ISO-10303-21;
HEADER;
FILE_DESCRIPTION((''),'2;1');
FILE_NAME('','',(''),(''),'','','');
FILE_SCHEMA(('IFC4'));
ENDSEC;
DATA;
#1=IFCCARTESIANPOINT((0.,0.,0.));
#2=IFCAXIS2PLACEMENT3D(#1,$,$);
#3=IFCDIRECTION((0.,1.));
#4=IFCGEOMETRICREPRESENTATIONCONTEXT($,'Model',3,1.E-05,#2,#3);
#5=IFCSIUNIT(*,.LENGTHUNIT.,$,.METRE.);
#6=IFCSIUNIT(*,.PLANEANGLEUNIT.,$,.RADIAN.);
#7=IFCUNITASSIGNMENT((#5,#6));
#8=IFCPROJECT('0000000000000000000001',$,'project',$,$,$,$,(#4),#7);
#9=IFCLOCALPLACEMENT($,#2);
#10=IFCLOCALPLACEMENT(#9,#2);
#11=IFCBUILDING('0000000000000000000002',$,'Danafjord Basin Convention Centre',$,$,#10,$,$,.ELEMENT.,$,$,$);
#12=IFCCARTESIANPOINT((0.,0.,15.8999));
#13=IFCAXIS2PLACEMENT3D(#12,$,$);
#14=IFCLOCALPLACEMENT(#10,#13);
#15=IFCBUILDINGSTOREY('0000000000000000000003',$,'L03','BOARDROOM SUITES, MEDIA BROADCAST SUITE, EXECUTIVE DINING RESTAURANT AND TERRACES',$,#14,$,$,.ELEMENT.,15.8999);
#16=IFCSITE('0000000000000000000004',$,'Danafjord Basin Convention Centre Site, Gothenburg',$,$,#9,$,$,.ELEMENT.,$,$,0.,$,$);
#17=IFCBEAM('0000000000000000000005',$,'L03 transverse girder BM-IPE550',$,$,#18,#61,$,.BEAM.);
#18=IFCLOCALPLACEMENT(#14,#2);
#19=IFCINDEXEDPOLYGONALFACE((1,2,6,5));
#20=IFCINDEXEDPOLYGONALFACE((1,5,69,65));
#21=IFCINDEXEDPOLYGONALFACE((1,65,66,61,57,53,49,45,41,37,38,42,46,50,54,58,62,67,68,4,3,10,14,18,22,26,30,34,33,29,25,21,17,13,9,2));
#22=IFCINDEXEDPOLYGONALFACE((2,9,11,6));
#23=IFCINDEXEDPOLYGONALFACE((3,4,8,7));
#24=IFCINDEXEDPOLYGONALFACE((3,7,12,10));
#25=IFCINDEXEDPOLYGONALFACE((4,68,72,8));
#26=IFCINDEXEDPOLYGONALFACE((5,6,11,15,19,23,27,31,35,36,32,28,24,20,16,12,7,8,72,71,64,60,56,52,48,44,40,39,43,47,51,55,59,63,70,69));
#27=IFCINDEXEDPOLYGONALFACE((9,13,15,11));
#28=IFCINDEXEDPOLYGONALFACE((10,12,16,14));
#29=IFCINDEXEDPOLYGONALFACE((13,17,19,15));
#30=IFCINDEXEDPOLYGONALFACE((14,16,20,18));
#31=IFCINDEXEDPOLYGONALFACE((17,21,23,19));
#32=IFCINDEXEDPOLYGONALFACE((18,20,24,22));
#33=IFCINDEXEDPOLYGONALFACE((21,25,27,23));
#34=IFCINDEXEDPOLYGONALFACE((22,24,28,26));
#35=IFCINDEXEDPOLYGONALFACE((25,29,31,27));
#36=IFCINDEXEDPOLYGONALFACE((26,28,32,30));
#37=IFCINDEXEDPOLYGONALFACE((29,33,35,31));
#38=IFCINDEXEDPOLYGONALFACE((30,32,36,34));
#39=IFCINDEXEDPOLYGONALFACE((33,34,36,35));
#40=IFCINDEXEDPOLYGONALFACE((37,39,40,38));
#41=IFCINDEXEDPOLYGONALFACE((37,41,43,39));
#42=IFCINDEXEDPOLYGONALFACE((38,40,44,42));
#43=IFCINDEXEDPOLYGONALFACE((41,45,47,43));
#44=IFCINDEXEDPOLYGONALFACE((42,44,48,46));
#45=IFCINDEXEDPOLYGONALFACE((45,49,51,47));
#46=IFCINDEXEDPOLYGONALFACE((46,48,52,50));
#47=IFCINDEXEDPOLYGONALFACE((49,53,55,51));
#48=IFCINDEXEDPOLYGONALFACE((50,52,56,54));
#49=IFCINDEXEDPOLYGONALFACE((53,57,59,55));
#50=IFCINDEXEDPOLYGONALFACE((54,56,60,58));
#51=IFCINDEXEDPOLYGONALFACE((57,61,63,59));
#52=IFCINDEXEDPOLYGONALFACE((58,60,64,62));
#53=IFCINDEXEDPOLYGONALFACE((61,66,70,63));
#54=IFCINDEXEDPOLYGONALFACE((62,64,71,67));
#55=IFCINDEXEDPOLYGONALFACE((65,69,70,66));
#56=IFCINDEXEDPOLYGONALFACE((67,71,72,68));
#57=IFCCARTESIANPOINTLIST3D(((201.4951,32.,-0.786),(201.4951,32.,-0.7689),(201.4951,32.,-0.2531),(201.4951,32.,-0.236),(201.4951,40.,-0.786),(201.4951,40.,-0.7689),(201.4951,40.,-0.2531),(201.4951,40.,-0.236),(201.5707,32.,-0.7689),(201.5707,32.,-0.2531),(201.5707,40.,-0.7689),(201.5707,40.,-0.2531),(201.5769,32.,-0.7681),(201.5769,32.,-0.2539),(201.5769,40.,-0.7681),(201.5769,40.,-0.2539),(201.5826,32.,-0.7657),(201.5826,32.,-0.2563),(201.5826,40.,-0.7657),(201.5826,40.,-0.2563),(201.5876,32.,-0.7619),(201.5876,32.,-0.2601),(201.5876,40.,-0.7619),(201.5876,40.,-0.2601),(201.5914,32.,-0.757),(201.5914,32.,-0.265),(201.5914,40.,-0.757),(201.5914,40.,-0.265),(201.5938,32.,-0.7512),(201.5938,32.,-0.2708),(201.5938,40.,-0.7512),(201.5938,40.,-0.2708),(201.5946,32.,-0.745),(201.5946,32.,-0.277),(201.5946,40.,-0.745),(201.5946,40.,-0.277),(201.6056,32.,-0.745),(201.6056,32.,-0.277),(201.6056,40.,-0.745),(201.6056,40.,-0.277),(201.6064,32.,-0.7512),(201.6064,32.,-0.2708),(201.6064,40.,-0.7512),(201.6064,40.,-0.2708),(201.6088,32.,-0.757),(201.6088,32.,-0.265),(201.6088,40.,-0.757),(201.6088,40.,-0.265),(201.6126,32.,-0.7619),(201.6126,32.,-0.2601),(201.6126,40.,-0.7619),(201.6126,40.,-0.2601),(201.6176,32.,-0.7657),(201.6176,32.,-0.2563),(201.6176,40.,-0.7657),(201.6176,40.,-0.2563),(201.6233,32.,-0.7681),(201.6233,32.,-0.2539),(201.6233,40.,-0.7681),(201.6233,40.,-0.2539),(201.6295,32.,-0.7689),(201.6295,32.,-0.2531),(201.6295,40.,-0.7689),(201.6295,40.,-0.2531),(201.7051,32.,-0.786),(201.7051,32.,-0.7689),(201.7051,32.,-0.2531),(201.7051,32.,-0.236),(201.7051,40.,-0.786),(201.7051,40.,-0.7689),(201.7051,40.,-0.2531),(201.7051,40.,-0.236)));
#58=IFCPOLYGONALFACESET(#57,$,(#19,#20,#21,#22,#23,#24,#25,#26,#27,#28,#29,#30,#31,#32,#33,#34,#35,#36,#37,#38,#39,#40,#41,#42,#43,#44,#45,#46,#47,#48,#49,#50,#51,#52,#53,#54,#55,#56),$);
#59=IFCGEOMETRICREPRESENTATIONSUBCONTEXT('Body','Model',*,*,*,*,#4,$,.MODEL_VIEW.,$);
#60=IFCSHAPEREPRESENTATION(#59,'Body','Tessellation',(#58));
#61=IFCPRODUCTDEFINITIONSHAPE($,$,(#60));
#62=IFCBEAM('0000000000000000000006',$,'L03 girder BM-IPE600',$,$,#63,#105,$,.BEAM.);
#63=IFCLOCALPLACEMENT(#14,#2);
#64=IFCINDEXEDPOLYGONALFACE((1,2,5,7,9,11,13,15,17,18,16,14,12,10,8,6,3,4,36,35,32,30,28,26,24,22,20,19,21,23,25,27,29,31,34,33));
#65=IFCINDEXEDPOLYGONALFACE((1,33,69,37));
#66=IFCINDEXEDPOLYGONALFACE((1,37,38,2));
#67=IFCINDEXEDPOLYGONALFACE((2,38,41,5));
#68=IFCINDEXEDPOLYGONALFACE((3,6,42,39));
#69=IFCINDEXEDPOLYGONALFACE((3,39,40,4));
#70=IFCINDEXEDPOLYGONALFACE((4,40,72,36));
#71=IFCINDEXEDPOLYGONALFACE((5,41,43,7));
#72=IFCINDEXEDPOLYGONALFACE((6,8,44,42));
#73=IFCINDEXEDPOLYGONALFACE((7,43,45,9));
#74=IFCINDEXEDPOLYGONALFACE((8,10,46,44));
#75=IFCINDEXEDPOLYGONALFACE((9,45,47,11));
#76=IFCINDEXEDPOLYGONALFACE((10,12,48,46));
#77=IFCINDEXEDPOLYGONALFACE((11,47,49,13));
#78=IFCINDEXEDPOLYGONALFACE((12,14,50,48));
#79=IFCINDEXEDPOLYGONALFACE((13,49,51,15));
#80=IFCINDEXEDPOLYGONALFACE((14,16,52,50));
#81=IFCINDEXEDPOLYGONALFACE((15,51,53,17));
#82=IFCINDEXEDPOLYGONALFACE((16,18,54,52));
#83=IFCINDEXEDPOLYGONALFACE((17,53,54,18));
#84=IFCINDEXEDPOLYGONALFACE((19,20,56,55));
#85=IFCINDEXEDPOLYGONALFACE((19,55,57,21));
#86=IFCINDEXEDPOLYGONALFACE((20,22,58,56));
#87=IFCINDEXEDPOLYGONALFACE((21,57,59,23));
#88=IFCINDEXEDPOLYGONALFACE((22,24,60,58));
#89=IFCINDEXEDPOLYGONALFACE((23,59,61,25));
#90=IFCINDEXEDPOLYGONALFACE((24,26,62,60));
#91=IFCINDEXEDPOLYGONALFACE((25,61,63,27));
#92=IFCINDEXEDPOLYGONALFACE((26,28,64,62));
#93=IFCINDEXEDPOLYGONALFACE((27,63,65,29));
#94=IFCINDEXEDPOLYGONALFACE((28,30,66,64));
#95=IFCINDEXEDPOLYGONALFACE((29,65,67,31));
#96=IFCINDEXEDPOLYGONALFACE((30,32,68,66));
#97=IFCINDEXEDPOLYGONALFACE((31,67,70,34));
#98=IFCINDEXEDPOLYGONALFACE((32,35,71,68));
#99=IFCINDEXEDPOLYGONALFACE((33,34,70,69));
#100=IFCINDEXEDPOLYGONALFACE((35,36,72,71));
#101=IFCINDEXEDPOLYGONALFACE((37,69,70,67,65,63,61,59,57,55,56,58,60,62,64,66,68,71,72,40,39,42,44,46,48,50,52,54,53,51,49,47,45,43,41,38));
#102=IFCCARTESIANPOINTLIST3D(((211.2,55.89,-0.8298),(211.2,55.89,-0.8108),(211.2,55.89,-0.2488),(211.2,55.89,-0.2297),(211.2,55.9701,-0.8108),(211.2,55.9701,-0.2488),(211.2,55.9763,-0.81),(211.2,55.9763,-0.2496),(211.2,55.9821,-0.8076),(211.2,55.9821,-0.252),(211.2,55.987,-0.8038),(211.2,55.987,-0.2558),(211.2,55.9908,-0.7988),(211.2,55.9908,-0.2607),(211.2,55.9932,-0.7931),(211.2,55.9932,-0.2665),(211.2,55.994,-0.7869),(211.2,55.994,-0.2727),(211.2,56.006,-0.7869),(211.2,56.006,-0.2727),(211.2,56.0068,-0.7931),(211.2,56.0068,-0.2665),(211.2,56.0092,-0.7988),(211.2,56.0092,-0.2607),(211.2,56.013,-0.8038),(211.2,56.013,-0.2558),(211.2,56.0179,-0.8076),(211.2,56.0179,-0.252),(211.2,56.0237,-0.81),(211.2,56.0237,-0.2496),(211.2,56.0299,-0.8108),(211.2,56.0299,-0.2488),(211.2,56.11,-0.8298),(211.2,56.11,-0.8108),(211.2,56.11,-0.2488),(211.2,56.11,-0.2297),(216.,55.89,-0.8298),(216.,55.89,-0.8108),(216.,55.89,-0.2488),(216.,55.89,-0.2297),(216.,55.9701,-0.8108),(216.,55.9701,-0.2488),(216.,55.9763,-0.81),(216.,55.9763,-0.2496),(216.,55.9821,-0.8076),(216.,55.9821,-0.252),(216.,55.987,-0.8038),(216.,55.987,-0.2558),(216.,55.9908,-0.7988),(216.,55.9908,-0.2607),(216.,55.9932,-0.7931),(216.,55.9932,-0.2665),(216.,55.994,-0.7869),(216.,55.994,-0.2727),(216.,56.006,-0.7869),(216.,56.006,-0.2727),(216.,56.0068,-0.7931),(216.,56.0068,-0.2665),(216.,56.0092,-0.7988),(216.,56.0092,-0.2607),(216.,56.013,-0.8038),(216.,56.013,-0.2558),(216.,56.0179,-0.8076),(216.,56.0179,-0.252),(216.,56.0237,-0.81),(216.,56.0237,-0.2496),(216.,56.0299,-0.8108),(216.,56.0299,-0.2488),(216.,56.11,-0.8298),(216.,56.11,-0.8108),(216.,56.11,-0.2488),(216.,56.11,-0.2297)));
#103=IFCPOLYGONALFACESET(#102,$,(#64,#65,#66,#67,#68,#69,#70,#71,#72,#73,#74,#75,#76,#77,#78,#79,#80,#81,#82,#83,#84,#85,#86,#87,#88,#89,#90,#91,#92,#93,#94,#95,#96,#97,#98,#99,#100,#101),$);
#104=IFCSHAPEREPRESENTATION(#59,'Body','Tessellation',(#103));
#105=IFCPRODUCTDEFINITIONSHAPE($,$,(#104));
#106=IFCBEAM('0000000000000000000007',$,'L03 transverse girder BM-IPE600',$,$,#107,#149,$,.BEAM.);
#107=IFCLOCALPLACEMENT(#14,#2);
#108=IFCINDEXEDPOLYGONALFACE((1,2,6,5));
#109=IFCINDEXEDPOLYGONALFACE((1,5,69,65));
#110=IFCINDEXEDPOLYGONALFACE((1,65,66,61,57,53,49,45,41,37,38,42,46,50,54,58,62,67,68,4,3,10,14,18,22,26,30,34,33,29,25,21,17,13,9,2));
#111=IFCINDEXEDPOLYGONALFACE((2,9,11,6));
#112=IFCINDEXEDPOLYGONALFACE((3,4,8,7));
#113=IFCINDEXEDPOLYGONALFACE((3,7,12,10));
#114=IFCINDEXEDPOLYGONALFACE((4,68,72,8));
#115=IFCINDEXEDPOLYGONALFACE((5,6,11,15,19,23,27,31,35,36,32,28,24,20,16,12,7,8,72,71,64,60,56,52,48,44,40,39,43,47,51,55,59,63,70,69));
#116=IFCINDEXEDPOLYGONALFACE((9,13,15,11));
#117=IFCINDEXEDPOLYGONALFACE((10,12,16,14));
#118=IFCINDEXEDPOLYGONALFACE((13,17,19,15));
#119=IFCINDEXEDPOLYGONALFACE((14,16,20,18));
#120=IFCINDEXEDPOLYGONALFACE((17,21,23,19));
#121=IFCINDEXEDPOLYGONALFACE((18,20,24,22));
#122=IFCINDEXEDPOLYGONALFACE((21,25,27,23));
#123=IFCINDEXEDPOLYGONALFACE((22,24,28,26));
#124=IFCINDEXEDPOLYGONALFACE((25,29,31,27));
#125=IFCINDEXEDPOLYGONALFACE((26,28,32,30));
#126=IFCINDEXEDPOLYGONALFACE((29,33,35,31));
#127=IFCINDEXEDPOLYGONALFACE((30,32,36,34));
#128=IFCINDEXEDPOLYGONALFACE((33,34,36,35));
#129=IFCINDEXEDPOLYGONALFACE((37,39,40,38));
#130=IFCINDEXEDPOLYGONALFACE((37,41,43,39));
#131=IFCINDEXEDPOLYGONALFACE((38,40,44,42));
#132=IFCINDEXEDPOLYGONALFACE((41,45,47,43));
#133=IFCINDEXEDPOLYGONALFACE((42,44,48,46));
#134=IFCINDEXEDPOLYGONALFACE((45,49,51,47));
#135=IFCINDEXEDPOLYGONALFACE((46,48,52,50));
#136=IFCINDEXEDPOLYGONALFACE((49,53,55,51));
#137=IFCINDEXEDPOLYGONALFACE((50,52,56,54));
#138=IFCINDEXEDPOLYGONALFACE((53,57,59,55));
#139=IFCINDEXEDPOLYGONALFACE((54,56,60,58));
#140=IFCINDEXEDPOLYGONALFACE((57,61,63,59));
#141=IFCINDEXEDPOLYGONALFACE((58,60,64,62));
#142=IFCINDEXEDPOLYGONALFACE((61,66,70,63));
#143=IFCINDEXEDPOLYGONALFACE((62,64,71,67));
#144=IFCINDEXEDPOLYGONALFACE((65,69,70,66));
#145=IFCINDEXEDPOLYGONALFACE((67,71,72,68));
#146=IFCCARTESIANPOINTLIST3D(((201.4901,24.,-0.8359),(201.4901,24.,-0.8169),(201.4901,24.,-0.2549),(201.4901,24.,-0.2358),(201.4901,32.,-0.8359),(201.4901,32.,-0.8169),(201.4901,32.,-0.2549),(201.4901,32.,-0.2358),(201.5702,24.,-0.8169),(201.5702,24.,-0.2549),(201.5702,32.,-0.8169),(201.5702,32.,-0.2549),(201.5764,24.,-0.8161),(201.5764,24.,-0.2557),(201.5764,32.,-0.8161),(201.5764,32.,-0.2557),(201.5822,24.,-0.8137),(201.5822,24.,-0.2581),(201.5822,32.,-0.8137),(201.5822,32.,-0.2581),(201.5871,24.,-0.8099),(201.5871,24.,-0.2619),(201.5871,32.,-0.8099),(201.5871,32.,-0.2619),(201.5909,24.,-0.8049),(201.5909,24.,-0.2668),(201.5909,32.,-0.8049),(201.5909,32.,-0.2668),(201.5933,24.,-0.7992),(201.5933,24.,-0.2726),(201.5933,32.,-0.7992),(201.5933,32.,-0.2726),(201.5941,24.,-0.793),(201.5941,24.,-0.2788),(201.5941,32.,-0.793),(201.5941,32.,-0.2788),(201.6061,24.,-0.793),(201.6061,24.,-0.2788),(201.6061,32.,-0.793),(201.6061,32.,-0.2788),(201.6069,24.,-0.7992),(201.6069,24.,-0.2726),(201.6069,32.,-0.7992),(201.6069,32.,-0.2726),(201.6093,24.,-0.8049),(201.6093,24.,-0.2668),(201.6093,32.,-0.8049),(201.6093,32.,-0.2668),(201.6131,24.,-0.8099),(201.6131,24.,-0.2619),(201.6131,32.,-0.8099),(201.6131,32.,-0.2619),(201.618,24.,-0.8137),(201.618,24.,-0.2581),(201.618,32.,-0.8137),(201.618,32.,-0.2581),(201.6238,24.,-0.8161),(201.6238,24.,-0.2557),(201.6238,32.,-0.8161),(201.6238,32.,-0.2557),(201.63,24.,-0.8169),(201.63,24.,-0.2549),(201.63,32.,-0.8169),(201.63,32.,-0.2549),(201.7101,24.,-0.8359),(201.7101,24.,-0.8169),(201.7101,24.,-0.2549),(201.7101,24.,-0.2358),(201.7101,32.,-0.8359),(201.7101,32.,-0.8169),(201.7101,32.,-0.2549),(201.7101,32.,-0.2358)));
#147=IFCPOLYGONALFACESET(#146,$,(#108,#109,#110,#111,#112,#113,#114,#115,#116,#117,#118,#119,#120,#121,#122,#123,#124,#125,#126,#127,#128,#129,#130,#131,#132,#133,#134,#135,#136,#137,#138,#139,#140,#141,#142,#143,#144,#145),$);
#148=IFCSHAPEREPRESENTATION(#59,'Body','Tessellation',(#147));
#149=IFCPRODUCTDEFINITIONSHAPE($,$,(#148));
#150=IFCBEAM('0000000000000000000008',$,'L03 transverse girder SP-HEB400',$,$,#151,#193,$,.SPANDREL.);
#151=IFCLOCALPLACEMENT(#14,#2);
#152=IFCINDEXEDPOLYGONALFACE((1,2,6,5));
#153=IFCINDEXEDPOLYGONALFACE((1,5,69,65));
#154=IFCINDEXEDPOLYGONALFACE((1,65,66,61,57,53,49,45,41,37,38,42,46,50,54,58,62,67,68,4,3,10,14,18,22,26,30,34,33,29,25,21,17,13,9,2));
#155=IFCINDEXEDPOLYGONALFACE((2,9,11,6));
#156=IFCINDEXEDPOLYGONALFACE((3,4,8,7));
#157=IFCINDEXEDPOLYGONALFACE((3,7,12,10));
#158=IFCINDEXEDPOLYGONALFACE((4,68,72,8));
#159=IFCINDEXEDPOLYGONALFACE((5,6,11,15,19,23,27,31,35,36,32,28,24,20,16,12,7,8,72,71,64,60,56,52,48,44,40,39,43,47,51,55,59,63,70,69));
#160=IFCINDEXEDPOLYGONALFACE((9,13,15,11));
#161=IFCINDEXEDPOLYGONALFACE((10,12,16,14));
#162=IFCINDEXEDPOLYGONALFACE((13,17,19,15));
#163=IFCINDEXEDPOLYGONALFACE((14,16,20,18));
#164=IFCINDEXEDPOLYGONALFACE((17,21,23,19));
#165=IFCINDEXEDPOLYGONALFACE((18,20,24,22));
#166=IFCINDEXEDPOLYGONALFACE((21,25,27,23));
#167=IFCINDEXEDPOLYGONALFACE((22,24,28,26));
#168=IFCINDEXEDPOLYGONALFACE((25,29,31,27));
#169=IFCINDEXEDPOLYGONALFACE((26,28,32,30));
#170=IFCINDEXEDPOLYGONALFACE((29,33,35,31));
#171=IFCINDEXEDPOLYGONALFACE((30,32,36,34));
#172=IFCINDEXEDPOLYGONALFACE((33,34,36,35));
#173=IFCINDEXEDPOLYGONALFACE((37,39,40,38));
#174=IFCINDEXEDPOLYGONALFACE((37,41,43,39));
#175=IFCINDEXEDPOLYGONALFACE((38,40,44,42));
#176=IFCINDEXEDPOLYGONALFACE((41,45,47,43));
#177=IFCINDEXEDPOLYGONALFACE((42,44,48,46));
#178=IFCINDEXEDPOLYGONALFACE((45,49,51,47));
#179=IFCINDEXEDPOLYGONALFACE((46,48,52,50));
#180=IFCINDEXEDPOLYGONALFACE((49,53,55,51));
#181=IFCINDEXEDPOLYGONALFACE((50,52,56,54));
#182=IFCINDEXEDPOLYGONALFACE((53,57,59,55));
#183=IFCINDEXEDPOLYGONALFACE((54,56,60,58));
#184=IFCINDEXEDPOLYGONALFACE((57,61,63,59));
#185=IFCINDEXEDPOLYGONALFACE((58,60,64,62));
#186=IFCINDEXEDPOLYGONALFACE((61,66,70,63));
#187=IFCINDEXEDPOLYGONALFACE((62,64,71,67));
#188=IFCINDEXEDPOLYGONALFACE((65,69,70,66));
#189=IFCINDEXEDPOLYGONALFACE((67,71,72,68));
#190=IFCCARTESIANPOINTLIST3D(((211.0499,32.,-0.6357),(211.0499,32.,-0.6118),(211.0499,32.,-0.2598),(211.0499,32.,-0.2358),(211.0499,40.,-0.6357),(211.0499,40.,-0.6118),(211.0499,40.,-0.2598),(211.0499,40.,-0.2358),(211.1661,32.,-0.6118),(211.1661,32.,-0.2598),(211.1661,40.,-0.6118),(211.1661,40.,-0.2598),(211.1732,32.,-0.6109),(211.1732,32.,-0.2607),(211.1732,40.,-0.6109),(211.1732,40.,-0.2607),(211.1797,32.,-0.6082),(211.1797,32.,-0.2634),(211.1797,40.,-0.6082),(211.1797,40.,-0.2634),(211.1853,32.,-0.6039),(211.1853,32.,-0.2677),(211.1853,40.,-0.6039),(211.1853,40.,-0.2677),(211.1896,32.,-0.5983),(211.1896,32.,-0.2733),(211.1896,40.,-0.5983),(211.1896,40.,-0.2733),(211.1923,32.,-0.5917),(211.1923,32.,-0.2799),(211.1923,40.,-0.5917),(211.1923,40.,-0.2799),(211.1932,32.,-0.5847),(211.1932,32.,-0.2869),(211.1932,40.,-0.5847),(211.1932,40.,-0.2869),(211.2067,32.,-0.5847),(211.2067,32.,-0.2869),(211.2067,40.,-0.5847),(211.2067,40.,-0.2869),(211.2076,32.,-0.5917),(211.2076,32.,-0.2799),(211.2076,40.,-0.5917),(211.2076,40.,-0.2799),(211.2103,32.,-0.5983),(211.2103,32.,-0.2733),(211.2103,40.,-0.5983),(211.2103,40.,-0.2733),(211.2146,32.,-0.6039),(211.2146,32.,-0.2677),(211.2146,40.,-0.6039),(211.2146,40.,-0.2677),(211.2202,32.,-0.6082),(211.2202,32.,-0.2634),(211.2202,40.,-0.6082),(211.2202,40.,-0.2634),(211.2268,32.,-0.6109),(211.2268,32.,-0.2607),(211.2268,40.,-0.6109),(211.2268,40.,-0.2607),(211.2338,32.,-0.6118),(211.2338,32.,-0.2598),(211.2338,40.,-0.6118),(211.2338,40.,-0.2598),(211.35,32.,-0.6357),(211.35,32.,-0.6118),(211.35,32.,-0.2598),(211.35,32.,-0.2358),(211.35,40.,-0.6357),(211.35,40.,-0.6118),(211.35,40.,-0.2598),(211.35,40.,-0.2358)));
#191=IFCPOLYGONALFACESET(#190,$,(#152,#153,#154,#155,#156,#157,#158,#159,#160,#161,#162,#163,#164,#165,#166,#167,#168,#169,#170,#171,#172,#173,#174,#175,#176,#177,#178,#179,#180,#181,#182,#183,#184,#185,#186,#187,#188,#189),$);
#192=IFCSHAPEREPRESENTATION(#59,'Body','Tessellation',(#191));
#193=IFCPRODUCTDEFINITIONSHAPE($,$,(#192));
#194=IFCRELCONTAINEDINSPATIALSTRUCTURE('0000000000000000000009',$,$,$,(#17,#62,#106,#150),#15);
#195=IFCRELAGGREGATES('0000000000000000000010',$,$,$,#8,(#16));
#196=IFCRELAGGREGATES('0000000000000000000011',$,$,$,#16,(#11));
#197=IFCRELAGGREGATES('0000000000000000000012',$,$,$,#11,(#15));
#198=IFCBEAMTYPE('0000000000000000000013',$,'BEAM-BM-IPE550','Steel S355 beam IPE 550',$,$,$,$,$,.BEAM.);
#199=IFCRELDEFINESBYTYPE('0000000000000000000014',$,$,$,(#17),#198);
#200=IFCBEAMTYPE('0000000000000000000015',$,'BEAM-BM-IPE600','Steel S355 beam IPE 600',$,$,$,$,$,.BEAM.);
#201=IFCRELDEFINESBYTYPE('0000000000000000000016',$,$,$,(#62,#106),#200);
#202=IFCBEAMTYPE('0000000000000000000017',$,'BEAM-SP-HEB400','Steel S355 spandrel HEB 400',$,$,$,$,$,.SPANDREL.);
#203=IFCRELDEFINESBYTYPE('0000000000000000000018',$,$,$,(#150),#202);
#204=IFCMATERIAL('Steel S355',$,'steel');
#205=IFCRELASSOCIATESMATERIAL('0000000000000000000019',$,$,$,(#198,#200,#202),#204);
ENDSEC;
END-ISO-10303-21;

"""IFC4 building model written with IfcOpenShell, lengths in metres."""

from ifc_helpers import new_model, si_unit, direction, frame, origin, origin_2d, place, context, subcontext, project, spatial, i_section, extrude, material, material_profile, profile_set, type_object, element, save


model = new_model("IFC4")

# Units and contexts
model_context = context("Model", 3, precision=1e-05, world=origin(), true_north=direction((0.0, 1.0)))
body_context = subcontext(model_context, "Body", "Model", "MODEL_VIEW")
ifc_project = project(units=[si_unit("LENGTHUNIT", "METRE"), si_unit("PLANEANGLEUNIT", "RADIAN")], contexts=[model_context])

# Site, building, storey
site_placement = place(None, origin())
site = spatial("IfcSite", under=ifc_project, at=site_placement, Name="Danafjord Basin Convention Centre Site, Gothenburg", CompositionType="ELEMENT", RefElevation=0.0)
building_placement = place(site_placement, origin())
building = spatial("IfcBuilding", under=site, at=building_placement, Name="Danafjord Basin Convention Centre", CompositionType="ELEMENT")
storey_placement = place(building_placement, frame((0.0, 0.0, 15.8999)))
storey = spatial("IfcBuildingStorey", under=building, at=storey_placement, Name="L03", Description="BOARDROOM SUITES, MEDIA BROADCAST SUITE, EXECUTIVE DINING RESTAURANT AND TERRACES", CompositionType="ELEMENT", Elevation=15.8999)

# Shared definitions
ifc_material_1 = material(Name="Steel S355", Category="steel")

# Beams
ifc_material_profile_1 = material_profile(ifc_material_1, i_section(OverallWidth=0.21, OverallDepth=0.55, WebThickness=0.011, FlangeThickness=0.0171, FilletRadius=0.0239, at=origin_2d()), Name="IPE 550")
ifc_profile_set_1 = profile_set([ifc_material_profile_1], Name="Steel S355")
beam_type_1 = type_object("IfcBeamType", Name="BEAM-BM-IPE550", Description="Steel S355 beam IPE 550", PredefinedType="BEAM", material=ifc_profile_set_1)
beam_1_placement = place(storey_placement, frame((201.6001, 32.0, -0.511), z_axis=(0.0, 1.0, 0.0), x_axis=(-1.0, 0.0, 0.0)))
element("IfcBeam", 1, at=beam_1_placement, inside=storey, type_object=beam_type_1, Name="L03 transverse girder BM-IPE550", PredefinedType="BEAM", context=body_context, shape_type="SweptSolid", body=[
    extrude(i_section(OverallWidth=0.21, OverallDepth=0.55, WebThickness=0.011, FlangeThickness=0.0171, FilletRadius=0.0239, at=origin_2d()), origin(), (0.0, 0.0, 1.0), 8.0),
])
ifc_material_profile_2 = material_profile(ifc_material_1, i_section(OverallWidth=0.22, OverallDepth=0.6001, WebThickness=0.012, FlangeThickness=0.019, FilletRadius=0.0239, at=origin_2d()), Name="IPE 600")
ifc_profile_set_2 = profile_set([ifc_material_profile_2], Name="Steel S355")
beam_type_2 = type_object("IfcBeamType", Name="BEAM-BM-IPE600", Description="Steel S355 beam IPE 600", PredefinedType="BEAM", material=ifc_profile_set_2)
beam_2_placement = place(storey_placement, frame((211.2, 56.0, -0.5298), z_axis=(1.0, 0.0, 0.0), x_axis=(0.0, 1.0, 0.0)))
element("IfcBeam", 2, at=beam_2_placement, inside=storey, type_object=beam_type_2, Name="L03 girder BM-IPE600", PredefinedType="BEAM", context=body_context, shape_type="SweptSolid", body=[
    extrude(i_section(OverallWidth=0.22, OverallDepth=0.6001, WebThickness=0.012, FlangeThickness=0.019, FilletRadius=0.0239, at=origin_2d()), origin(), (0.0, 0.0, 1.0), 4.8),
])
beam_3_placement = place(storey_placement, frame((201.6001, 24.0, -0.5359), z_axis=(0.0, 1.0, 0.0), x_axis=(-1.0, 0.0, 0.0)))
element("IfcBeam", 3, at=beam_3_placement, inside=storey, type_object=beam_type_2, Name="L03 transverse girder BM-IPE600", PredefinedType="BEAM", context=body_context, shape_type="SweptSolid", body=[
    extrude(i_section(OverallWidth=0.22, OverallDepth=0.6001, WebThickness=0.012, FlangeThickness=0.019, FilletRadius=0.0239, at=origin_2d()), origin(), (0.0, 0.0, 1.0), 8.0),
])
ifc_material_profile_3 = material_profile(ifc_material_1, i_section(OverallWidth=0.3, OverallDepth=0.3999, WebThickness=0.0134, FlangeThickness=0.0239, FilletRadius=0.0271, at=origin_2d()), Name="HEB 400")
ifc_profile_set_3 = profile_set([ifc_material_profile_3], Name="Steel S355")
beam_type_3 = type_object("IfcBeamType", Name="BEAM-SP-HEB400", Description="Steel S355 spandrel HEB 400", PredefinedType="SPANDREL", material=ifc_profile_set_3)
for number, where, z_axis, x_axis, name in (
    (4, (211.2, 32.0, -0.4358), (0.0, 1.0, 0.0), (-1.0, 0.0, 0.0), "L03 transverse girder SP-HEB400"),
):
    element("IfcBeam", number, at=place(storey_placement, frame(where, z_axis=z_axis, x_axis=x_axis)), inside=storey, type_object=beam_type_3, Name=name, PredefinedType="SPANDREL", context=body_context, shape_type="SweptSolid", body=[
        extrude(i_section(OverallWidth=0.3, OverallDepth=0.3999, WebThickness=0.0134, FlangeThickness=0.0239, FilletRadius=0.0271, at=origin_2d()), origin(), (0.0, 0.0, 1.0), 8.0),
    ])

save(model, "model.ifc")
